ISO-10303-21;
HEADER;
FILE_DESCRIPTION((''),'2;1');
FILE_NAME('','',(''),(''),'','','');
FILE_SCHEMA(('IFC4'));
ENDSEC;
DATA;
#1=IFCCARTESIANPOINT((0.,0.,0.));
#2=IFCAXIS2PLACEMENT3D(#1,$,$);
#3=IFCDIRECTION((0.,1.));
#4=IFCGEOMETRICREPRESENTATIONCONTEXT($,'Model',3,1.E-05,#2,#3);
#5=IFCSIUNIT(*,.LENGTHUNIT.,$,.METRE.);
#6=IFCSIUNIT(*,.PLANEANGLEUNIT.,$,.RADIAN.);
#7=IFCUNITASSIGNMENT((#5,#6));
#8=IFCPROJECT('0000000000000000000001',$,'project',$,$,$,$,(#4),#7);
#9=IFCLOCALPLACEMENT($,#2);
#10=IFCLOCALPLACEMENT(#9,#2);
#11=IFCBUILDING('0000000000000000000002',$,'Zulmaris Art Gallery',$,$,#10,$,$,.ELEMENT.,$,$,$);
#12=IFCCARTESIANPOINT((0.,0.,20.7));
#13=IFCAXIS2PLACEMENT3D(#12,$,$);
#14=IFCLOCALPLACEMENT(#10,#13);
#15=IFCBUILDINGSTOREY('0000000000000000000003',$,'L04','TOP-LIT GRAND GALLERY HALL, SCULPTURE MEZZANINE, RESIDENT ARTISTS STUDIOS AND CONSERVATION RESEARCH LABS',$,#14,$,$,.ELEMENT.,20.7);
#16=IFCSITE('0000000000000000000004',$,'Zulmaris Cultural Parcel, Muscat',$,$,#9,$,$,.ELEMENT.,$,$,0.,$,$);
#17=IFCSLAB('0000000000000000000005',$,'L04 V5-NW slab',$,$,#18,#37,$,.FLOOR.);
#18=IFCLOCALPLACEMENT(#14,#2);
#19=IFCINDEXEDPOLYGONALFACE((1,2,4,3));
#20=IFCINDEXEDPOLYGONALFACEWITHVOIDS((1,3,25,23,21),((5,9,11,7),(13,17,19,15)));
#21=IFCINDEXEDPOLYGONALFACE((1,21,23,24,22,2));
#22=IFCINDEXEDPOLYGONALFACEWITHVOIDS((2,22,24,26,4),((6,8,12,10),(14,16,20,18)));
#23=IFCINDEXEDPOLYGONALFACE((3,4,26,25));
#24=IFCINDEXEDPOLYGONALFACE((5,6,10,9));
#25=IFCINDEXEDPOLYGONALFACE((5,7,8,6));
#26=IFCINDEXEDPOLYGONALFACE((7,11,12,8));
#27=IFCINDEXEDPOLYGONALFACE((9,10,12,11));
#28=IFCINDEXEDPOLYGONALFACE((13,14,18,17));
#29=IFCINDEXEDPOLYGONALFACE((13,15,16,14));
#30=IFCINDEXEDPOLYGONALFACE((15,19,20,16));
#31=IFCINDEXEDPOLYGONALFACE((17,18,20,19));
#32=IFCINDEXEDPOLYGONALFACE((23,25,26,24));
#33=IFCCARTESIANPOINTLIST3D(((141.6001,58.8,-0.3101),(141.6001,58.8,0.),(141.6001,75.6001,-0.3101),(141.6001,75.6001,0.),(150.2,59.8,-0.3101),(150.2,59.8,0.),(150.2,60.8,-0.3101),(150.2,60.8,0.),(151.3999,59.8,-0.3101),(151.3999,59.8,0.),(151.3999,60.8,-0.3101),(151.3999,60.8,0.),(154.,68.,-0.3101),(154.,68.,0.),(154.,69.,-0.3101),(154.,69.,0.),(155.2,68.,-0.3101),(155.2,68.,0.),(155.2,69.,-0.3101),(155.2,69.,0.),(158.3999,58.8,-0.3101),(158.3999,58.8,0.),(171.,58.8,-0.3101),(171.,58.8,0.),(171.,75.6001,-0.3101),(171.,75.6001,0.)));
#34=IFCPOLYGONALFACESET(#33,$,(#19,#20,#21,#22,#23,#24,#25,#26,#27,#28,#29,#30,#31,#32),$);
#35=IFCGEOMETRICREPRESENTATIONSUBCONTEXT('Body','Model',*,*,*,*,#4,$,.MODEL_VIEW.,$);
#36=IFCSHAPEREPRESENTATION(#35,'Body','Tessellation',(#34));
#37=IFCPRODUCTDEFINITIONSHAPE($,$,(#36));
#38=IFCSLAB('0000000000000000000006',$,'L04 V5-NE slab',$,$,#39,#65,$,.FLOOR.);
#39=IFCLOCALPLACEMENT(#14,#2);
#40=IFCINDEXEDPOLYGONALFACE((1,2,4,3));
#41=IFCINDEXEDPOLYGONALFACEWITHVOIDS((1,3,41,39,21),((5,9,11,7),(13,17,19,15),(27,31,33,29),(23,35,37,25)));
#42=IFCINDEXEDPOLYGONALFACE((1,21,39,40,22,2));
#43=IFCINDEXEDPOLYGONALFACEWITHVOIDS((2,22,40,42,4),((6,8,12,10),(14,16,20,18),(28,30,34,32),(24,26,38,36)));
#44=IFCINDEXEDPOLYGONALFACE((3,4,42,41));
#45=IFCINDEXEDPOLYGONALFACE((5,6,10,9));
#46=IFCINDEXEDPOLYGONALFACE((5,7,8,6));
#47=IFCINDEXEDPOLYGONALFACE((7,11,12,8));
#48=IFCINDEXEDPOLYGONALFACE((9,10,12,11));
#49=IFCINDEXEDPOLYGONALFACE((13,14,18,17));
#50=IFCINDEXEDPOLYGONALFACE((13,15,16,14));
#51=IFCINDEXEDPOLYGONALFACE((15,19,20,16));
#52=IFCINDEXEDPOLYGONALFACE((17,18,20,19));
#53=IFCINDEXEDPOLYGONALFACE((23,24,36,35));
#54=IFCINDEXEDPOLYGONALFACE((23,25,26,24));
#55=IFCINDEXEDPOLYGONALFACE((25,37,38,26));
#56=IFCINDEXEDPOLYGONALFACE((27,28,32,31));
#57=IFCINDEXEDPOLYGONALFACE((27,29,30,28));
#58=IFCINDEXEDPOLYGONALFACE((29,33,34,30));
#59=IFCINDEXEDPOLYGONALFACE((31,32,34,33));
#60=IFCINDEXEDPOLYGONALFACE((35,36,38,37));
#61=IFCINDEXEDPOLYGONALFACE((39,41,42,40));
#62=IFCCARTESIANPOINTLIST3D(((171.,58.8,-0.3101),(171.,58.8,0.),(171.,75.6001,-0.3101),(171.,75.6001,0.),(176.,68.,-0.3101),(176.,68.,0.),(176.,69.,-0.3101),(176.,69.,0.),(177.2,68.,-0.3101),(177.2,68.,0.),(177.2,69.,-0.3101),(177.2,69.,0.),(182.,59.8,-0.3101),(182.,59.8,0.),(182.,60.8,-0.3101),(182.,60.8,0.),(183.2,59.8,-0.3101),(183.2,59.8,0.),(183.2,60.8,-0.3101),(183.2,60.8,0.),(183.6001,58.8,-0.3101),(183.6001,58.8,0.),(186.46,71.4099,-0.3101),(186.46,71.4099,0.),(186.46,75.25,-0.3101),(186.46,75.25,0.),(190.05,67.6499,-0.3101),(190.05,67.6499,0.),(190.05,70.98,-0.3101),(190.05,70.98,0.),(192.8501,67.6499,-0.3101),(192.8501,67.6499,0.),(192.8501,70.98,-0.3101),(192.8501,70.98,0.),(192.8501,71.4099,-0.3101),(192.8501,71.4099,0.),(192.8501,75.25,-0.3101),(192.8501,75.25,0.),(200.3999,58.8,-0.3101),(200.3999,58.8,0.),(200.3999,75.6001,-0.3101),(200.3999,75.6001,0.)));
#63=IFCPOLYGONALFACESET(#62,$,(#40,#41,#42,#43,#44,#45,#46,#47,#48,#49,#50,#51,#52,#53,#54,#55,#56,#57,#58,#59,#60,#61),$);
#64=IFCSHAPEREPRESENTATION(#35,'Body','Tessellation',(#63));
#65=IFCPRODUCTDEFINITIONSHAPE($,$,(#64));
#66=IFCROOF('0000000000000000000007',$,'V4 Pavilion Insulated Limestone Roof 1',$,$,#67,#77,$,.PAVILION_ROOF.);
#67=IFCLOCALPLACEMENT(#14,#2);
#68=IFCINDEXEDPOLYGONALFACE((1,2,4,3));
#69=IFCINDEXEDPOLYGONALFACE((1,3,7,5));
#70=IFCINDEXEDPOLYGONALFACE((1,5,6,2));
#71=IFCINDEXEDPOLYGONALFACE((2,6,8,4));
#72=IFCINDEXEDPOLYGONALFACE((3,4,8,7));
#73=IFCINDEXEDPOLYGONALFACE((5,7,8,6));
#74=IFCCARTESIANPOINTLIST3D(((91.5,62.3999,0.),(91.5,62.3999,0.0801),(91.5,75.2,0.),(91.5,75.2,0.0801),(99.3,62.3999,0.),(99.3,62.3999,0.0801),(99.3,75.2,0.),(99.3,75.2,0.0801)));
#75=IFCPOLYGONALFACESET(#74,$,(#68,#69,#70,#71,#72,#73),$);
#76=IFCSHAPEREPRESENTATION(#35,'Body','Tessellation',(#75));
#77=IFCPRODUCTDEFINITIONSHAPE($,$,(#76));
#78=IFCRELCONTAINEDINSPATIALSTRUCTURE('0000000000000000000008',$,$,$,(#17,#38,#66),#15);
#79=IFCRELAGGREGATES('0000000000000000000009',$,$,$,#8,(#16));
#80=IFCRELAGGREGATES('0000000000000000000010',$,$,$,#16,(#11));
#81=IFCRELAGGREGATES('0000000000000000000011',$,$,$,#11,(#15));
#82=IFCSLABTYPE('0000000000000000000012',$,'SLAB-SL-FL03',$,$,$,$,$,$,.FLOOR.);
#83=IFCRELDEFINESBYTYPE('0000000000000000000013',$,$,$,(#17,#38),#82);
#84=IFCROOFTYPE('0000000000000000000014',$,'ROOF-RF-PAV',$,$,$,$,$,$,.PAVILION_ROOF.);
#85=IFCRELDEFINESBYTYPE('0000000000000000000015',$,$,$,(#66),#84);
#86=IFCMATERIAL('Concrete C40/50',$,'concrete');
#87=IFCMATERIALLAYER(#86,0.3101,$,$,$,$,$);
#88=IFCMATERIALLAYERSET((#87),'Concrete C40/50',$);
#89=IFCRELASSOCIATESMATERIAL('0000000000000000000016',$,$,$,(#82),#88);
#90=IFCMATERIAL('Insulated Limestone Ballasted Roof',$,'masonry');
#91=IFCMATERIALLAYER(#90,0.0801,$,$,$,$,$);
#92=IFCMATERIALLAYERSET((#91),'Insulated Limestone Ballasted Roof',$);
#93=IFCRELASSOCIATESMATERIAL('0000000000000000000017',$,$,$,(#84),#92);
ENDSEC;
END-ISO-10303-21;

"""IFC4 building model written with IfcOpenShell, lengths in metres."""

from ifc_helpers import new_model, si_unit, direction, frame, origin, place, context, subcontext, project, spatial, polyline, outline, extrude, material, layer, layer_set, type_object, element, save


model = new_model("IFC4")

# Units and contexts
model_context = context("Model", 3, precision=1e-05, world=origin(), true_north=direction((0.0, 1.0)))
body_context = subcontext(model_context, "Body", "Model", "MODEL_VIEW")
ifc_project = project(units=[si_unit("LENGTHUNIT", "METRE"), si_unit("PLANEANGLEUNIT", "RADIAN")], contexts=[model_context])

# Site, building, storey
site_placement = place(None, origin())
site = spatial("IfcSite", under=ifc_project, at=site_placement, Name="Zulmaris Cultural Parcel, Muscat", CompositionType="ELEMENT", RefElevation=0.0)
building_placement = place(site_placement, origin())
building = spatial("IfcBuilding", under=site, at=building_placement, Name="Zulmaris Art Gallery", CompositionType="ELEMENT")
storey_placement = place(building_placement, frame((0.0, 0.0, 20.7)))
storey = spatial("IfcBuildingStorey", under=building, at=storey_placement, Name="L04", Description="TOP-LIT GRAND GALLERY HALL, SCULPTURE MEZZANINE, RESIDENT ARTISTS STUDIOS AND CONSERVATION RESEARCH LABS", CompositionType="ELEMENT", Elevation=20.7)

# Slabs
ifc_material_1 = material(Name="Concrete C40/50", Category="concrete")
ifc_layer_1 = layer(ifc_material_1, 0.3101)
ifc_layer_set_1 = layer_set([ifc_layer_1], Name="Concrete C40/50")
slab_type_1 = type_object("IfcSlabType", Name="SLAB-SL-FL03", PredefinedType="FLOOR", material=ifc_layer_set_1)
slab_1_placement = place(storey_placement, frame((0.0, 0.0, -0.3101)))
element("IfcSlab", 1, at=slab_1_placement, inside=storey, type_object=slab_type_1, Name="L04 V5-NW slab", PredefinedType="FLOOR", context=body_context, shape_type="SweptSolid", body=[
    extrude(outline(polyline([(171.0, 75.6001), (171.0, 58.8), (158.3999, 58.8), (141.6001, 58.8), (141.6001, 75.6001), (171.0, 75.6001)]), holes=[polyline([(150.2, 59.8), (151.3999, 59.8), (151.3999, 60.8), (150.2, 60.8), (150.2, 59.8)]), polyline([(154.0, 68.0), (155.2, 68.0), (155.2, 69.0), (154.0, 69.0), (154.0, 68.0)])]), origin(), (0.0, 0.0, 1.0), 0.3101),
])
slab_2_placement = place(storey_placement, frame((0.0, 0.0, -0.3101)))
element("IfcSlab", 2, at=slab_2_placement, inside=storey, type_object=slab_type_1, Name="L04 V5-NE slab", PredefinedType="FLOOR", context=body_context, shape_type="SweptSolid", body=[
    extrude(outline(polyline([(200.3999, 58.8), (183.6001, 58.8), (171.0, 58.8), (171.0, 75.6001), (200.3999, 75.6001), (200.3999, 58.8)]), holes=[polyline([(182.0, 59.8), (183.2, 59.8), (183.2, 60.8), (182.0, 60.8), (182.0, 59.8)]), polyline([(177.2, 68.0), (177.2, 69.0), (176.0, 69.0), (176.0, 68.0), (177.2, 68.0)]), polyline([(190.05, 67.6499), (192.8501, 67.6499), (192.8501, 70.98), (190.05, 70.98), (190.05, 67.6499)]), polyline([(186.46, 75.25), (186.46, 71.4099), (192.8501, 71.4099), (192.8501, 75.25), (186.46, 75.25)])]), origin(), (0.0, 0.0, 1.0), 0.3101),
])

# Roof
ifc_material_2 = material(Name="Insulated Limestone Ballasted Roof", Category="masonry")
ifc_layer_2 = layer(ifc_material_2, 0.0801)
ifc_layer_set_2 = layer_set([ifc_layer_2], Name="Insulated Limestone Ballasted Roof")
roof_type = type_object("IfcRoofType", Name="ROOF-RF-PAV", PredefinedType="PAVILION_ROOF", material=ifc_layer_set_2)
roof_placement = place(storey_placement, origin())
element("IfcRoof", 3, at=roof_placement, inside=storey, type_object=roof_type, Name="V4 Pavilion Insulated Limestone Roof 1", PredefinedType="PAVILION_ROOF", context=body_context, shape_type="SweptSolid", body=[
    extrude(outline(polyline([(91.5, 62.3999), (99.3, 62.3999), (99.3, 75.2), (91.5, 75.2), (91.5, 62.3999)])), origin(), (0.0, 0.0, 1.0), 0.0801),
])

save(model, "model.ifc")
